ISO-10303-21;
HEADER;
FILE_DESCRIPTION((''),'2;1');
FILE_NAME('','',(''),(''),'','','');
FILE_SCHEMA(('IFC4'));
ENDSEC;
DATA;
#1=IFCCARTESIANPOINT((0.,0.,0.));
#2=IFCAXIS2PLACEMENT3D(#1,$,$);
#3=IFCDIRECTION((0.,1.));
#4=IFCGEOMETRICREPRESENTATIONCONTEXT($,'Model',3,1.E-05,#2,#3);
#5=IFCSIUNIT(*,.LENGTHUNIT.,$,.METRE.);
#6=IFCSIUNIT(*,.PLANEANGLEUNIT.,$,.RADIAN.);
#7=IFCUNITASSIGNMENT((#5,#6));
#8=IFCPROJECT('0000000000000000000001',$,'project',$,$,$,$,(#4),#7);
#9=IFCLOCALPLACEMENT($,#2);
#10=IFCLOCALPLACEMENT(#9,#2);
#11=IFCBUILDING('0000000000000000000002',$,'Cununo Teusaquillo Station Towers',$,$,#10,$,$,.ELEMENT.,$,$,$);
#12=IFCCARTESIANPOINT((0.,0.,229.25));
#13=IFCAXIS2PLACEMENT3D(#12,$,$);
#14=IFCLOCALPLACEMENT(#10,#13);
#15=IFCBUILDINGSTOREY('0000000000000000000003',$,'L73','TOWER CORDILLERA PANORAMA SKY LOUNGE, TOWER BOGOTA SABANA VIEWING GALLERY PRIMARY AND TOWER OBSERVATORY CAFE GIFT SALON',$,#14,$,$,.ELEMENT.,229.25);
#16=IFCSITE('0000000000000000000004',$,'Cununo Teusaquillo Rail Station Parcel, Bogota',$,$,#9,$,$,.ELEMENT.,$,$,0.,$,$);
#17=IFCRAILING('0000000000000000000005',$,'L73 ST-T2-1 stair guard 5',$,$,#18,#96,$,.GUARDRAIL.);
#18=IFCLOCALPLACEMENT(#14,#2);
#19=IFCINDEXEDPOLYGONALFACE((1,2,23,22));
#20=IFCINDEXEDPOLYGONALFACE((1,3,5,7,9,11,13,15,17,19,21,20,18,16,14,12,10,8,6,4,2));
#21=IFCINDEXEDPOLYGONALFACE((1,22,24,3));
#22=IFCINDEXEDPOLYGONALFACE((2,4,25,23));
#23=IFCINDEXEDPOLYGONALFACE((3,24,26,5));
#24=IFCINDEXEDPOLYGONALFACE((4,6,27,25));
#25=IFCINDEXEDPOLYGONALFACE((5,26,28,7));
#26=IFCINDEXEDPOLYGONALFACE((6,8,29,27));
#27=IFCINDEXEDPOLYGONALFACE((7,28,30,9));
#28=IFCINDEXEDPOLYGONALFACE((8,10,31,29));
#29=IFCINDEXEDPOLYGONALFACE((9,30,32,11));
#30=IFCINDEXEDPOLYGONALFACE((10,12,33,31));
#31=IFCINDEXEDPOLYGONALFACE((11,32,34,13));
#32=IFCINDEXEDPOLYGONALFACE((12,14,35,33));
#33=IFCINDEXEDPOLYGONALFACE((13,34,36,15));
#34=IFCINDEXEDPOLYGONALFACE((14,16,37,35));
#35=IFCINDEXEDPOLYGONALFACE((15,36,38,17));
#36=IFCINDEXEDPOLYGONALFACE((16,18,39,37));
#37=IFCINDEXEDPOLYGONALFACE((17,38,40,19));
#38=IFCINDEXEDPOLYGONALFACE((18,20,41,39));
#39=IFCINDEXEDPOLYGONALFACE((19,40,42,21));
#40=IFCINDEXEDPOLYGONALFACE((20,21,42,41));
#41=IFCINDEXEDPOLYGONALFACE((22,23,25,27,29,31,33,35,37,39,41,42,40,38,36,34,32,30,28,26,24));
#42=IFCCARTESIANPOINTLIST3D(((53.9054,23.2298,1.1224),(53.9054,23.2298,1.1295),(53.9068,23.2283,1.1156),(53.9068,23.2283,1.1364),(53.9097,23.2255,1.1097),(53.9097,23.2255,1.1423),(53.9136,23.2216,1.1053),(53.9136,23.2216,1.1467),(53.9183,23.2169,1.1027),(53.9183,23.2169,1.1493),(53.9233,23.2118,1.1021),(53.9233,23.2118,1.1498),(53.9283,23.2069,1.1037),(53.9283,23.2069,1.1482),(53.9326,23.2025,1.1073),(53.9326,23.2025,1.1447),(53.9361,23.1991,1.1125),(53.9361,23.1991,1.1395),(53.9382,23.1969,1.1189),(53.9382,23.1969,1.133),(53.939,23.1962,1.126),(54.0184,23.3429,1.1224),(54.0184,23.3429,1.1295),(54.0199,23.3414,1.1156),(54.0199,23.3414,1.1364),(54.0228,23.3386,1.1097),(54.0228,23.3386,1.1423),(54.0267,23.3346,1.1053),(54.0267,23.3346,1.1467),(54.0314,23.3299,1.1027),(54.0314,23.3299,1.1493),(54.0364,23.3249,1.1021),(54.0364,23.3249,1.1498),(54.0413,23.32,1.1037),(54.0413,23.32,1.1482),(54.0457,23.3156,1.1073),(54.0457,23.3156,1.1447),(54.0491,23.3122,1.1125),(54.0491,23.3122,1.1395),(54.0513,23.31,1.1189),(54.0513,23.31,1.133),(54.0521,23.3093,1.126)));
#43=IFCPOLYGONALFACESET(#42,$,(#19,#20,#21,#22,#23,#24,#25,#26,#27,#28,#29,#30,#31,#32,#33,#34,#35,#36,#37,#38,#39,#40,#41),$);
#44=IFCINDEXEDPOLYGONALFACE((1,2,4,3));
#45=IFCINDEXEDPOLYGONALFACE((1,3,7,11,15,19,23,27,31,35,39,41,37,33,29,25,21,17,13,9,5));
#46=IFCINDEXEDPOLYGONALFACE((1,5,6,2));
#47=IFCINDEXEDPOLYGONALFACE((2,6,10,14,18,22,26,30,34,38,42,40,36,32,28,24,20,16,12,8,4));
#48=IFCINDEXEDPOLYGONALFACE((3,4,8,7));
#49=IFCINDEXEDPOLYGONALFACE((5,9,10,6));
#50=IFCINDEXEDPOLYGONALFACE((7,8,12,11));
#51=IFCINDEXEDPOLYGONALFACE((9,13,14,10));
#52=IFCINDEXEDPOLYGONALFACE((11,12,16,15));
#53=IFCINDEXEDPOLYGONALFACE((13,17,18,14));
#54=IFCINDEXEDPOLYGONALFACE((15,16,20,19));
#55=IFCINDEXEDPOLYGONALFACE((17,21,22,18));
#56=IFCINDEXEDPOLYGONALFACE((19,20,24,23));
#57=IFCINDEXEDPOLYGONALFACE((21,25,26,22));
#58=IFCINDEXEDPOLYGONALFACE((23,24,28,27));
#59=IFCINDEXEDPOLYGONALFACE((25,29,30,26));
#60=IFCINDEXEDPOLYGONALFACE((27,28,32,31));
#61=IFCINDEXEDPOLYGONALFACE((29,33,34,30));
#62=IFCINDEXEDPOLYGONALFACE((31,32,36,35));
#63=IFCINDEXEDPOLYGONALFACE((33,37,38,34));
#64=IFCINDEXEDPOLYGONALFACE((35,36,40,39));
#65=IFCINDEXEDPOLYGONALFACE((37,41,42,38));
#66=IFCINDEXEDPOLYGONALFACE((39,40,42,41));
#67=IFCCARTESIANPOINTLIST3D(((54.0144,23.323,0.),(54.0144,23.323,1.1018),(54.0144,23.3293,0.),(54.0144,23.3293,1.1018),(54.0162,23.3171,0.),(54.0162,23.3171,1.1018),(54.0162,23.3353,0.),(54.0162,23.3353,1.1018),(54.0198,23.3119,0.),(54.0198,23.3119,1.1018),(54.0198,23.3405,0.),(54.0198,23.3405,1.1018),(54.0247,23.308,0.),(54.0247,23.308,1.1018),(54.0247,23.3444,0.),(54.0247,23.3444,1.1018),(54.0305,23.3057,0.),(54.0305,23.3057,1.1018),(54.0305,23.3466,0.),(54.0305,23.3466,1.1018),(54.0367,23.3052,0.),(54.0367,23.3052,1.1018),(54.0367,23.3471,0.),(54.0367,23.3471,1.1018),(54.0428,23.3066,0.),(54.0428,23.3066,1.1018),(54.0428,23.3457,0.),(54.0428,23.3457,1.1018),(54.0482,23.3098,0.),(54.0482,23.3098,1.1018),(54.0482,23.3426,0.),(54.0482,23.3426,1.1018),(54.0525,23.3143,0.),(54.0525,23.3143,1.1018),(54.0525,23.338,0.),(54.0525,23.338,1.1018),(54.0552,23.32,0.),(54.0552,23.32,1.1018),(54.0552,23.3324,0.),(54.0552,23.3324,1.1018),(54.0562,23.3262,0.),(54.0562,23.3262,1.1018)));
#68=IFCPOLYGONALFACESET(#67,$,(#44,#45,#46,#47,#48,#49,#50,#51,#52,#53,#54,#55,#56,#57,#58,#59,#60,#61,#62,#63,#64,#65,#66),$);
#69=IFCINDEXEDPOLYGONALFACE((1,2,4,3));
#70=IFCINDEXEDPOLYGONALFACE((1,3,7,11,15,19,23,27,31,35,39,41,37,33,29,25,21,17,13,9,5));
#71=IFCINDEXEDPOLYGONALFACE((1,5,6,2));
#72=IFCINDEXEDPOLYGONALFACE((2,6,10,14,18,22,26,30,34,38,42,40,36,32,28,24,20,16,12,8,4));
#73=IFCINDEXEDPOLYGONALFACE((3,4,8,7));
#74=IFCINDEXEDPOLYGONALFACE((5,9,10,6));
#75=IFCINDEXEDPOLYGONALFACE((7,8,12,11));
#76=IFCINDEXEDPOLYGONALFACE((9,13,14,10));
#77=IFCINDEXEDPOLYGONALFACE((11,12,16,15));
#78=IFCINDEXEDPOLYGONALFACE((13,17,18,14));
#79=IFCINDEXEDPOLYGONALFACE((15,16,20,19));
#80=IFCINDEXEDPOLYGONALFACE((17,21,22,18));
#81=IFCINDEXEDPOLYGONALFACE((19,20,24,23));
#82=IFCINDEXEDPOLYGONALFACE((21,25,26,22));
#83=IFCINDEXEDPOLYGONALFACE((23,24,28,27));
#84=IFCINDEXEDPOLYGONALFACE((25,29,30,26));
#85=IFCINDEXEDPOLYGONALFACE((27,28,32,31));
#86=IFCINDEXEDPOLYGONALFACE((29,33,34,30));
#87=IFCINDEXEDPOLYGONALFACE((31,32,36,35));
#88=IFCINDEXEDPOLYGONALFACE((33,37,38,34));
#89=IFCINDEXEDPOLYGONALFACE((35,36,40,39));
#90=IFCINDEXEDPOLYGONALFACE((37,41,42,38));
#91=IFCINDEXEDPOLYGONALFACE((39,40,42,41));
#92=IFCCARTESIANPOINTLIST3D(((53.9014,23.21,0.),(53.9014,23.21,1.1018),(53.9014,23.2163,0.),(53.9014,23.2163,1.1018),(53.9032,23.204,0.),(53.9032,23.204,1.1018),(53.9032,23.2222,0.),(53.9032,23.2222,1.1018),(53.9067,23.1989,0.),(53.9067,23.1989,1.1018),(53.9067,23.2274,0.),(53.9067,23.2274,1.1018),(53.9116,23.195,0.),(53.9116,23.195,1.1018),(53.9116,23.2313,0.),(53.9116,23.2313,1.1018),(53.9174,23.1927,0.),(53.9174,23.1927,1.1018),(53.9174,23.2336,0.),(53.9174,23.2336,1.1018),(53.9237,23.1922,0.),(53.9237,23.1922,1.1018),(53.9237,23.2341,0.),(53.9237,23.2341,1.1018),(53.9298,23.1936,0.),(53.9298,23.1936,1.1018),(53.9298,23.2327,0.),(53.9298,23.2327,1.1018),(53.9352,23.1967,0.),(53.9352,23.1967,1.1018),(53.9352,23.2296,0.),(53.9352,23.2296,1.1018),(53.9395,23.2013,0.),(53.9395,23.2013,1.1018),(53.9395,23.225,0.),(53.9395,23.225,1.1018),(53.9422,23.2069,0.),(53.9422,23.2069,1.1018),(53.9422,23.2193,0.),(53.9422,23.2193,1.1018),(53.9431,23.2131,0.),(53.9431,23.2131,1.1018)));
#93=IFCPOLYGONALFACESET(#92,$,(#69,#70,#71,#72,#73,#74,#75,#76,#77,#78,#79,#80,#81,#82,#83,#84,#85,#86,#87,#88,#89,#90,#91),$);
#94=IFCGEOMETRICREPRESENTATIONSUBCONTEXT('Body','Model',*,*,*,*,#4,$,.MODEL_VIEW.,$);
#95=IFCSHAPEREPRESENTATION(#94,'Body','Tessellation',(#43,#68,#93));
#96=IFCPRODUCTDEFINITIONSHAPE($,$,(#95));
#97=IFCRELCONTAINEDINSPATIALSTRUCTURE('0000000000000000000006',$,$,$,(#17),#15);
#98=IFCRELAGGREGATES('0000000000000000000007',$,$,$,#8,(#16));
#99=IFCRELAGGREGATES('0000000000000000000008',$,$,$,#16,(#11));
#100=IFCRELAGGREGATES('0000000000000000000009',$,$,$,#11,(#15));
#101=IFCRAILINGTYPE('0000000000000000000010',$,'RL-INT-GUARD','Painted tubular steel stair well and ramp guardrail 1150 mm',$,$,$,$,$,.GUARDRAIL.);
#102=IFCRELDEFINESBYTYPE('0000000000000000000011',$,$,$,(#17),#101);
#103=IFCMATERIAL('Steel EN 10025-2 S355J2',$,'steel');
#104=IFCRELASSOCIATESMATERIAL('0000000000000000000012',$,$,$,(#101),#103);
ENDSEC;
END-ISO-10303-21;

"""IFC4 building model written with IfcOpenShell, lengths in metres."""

from ifc_helpers import new_model, si_unit, direction, frame, origin, origin_2d, place, context, subcontext, project, spatial, circle, extrude, material, type_object, element, save


model = new_model("IFC4")

# Units and contexts
model_context = context("Model", 3, precision=1e-05, world=origin(), true_north=direction((0.0, 1.0)))
body_context = subcontext(model_context, "Body", "Model", "MODEL_VIEW")
ifc_project = project(units=[si_unit("LENGTHUNIT", "METRE"), si_unit("PLANEANGLEUNIT", "RADIAN")], contexts=[model_context])

# Site, building, storey
site_placement = place(None, origin())
site = spatial("IfcSite", under=ifc_project, at=site_placement, Name="Cununo Teusaquillo Rail Station Parcel, Bogota", CompositionType="ELEMENT", RefElevation=0.0)
building_placement = place(site_placement, origin())
building = spatial("IfcBuilding", under=site, at=building_placement, Name="Cununo Teusaquillo Station Towers", CompositionType="ELEMENT")
storey_placement = place(building_placement, frame((0.0, 0.0, 229.25)))
storey = spatial("IfcBuildingStorey", under=building, at=storey_placement, Name="L73", Description="TOWER CORDILLERA PANORAMA SKY LOUNGE, TOWER BOGOTA SABANA VIEWING GALLERY PRIMARY AND TOWER OBSERVATORY CAFE GIFT SALON", CompositionType="ELEMENT", Elevation=229.25)

# Railing
ifc_material_1 = material(Name="Steel EN 10025-2 S355J2", Category="steel")
railing_type_1 = type_object("IfcRailingType", Name="RL-INT-GUARD", Description="Painted tubular steel stair well and ramp guardrail 1150 mm", PredefinedType="GUARDRAIL", material=ifc_material_1)
railing_1_placement = place(storey_placement, frame((54.0352, 23.3262, 0.0)))
element("IfcRailing", 1, at=railing_1_placement, inside=storey, type_object=railing_type_1, Name="L73 ST-T2-1 stair guard 5", PredefinedType="GUARDRAIL", context=body_context, shape_type="SweptSolid", body=[
    extrude(circle(Radius=0.0239, at=origin_2d()), frame((0.0, 0.0, 1.126), z_axis=(-0.707107, -0.707107, 0.0), x_axis=(0.707107, -0.707107, 0.0)), (0.0, 0.0, 1.0), 0.1599),
    extrude(circle(Radius=0.021, at=origin_2d()), origin(), (0.0, 0.0, 1.0), 1.1018),
    extrude(circle(Radius=0.021, at=origin_2d()), frame((-0.113, -0.113, 0.0)), (0.0, 0.0, 1.0), 1.1018),
])

save(model, "model.ifc")
